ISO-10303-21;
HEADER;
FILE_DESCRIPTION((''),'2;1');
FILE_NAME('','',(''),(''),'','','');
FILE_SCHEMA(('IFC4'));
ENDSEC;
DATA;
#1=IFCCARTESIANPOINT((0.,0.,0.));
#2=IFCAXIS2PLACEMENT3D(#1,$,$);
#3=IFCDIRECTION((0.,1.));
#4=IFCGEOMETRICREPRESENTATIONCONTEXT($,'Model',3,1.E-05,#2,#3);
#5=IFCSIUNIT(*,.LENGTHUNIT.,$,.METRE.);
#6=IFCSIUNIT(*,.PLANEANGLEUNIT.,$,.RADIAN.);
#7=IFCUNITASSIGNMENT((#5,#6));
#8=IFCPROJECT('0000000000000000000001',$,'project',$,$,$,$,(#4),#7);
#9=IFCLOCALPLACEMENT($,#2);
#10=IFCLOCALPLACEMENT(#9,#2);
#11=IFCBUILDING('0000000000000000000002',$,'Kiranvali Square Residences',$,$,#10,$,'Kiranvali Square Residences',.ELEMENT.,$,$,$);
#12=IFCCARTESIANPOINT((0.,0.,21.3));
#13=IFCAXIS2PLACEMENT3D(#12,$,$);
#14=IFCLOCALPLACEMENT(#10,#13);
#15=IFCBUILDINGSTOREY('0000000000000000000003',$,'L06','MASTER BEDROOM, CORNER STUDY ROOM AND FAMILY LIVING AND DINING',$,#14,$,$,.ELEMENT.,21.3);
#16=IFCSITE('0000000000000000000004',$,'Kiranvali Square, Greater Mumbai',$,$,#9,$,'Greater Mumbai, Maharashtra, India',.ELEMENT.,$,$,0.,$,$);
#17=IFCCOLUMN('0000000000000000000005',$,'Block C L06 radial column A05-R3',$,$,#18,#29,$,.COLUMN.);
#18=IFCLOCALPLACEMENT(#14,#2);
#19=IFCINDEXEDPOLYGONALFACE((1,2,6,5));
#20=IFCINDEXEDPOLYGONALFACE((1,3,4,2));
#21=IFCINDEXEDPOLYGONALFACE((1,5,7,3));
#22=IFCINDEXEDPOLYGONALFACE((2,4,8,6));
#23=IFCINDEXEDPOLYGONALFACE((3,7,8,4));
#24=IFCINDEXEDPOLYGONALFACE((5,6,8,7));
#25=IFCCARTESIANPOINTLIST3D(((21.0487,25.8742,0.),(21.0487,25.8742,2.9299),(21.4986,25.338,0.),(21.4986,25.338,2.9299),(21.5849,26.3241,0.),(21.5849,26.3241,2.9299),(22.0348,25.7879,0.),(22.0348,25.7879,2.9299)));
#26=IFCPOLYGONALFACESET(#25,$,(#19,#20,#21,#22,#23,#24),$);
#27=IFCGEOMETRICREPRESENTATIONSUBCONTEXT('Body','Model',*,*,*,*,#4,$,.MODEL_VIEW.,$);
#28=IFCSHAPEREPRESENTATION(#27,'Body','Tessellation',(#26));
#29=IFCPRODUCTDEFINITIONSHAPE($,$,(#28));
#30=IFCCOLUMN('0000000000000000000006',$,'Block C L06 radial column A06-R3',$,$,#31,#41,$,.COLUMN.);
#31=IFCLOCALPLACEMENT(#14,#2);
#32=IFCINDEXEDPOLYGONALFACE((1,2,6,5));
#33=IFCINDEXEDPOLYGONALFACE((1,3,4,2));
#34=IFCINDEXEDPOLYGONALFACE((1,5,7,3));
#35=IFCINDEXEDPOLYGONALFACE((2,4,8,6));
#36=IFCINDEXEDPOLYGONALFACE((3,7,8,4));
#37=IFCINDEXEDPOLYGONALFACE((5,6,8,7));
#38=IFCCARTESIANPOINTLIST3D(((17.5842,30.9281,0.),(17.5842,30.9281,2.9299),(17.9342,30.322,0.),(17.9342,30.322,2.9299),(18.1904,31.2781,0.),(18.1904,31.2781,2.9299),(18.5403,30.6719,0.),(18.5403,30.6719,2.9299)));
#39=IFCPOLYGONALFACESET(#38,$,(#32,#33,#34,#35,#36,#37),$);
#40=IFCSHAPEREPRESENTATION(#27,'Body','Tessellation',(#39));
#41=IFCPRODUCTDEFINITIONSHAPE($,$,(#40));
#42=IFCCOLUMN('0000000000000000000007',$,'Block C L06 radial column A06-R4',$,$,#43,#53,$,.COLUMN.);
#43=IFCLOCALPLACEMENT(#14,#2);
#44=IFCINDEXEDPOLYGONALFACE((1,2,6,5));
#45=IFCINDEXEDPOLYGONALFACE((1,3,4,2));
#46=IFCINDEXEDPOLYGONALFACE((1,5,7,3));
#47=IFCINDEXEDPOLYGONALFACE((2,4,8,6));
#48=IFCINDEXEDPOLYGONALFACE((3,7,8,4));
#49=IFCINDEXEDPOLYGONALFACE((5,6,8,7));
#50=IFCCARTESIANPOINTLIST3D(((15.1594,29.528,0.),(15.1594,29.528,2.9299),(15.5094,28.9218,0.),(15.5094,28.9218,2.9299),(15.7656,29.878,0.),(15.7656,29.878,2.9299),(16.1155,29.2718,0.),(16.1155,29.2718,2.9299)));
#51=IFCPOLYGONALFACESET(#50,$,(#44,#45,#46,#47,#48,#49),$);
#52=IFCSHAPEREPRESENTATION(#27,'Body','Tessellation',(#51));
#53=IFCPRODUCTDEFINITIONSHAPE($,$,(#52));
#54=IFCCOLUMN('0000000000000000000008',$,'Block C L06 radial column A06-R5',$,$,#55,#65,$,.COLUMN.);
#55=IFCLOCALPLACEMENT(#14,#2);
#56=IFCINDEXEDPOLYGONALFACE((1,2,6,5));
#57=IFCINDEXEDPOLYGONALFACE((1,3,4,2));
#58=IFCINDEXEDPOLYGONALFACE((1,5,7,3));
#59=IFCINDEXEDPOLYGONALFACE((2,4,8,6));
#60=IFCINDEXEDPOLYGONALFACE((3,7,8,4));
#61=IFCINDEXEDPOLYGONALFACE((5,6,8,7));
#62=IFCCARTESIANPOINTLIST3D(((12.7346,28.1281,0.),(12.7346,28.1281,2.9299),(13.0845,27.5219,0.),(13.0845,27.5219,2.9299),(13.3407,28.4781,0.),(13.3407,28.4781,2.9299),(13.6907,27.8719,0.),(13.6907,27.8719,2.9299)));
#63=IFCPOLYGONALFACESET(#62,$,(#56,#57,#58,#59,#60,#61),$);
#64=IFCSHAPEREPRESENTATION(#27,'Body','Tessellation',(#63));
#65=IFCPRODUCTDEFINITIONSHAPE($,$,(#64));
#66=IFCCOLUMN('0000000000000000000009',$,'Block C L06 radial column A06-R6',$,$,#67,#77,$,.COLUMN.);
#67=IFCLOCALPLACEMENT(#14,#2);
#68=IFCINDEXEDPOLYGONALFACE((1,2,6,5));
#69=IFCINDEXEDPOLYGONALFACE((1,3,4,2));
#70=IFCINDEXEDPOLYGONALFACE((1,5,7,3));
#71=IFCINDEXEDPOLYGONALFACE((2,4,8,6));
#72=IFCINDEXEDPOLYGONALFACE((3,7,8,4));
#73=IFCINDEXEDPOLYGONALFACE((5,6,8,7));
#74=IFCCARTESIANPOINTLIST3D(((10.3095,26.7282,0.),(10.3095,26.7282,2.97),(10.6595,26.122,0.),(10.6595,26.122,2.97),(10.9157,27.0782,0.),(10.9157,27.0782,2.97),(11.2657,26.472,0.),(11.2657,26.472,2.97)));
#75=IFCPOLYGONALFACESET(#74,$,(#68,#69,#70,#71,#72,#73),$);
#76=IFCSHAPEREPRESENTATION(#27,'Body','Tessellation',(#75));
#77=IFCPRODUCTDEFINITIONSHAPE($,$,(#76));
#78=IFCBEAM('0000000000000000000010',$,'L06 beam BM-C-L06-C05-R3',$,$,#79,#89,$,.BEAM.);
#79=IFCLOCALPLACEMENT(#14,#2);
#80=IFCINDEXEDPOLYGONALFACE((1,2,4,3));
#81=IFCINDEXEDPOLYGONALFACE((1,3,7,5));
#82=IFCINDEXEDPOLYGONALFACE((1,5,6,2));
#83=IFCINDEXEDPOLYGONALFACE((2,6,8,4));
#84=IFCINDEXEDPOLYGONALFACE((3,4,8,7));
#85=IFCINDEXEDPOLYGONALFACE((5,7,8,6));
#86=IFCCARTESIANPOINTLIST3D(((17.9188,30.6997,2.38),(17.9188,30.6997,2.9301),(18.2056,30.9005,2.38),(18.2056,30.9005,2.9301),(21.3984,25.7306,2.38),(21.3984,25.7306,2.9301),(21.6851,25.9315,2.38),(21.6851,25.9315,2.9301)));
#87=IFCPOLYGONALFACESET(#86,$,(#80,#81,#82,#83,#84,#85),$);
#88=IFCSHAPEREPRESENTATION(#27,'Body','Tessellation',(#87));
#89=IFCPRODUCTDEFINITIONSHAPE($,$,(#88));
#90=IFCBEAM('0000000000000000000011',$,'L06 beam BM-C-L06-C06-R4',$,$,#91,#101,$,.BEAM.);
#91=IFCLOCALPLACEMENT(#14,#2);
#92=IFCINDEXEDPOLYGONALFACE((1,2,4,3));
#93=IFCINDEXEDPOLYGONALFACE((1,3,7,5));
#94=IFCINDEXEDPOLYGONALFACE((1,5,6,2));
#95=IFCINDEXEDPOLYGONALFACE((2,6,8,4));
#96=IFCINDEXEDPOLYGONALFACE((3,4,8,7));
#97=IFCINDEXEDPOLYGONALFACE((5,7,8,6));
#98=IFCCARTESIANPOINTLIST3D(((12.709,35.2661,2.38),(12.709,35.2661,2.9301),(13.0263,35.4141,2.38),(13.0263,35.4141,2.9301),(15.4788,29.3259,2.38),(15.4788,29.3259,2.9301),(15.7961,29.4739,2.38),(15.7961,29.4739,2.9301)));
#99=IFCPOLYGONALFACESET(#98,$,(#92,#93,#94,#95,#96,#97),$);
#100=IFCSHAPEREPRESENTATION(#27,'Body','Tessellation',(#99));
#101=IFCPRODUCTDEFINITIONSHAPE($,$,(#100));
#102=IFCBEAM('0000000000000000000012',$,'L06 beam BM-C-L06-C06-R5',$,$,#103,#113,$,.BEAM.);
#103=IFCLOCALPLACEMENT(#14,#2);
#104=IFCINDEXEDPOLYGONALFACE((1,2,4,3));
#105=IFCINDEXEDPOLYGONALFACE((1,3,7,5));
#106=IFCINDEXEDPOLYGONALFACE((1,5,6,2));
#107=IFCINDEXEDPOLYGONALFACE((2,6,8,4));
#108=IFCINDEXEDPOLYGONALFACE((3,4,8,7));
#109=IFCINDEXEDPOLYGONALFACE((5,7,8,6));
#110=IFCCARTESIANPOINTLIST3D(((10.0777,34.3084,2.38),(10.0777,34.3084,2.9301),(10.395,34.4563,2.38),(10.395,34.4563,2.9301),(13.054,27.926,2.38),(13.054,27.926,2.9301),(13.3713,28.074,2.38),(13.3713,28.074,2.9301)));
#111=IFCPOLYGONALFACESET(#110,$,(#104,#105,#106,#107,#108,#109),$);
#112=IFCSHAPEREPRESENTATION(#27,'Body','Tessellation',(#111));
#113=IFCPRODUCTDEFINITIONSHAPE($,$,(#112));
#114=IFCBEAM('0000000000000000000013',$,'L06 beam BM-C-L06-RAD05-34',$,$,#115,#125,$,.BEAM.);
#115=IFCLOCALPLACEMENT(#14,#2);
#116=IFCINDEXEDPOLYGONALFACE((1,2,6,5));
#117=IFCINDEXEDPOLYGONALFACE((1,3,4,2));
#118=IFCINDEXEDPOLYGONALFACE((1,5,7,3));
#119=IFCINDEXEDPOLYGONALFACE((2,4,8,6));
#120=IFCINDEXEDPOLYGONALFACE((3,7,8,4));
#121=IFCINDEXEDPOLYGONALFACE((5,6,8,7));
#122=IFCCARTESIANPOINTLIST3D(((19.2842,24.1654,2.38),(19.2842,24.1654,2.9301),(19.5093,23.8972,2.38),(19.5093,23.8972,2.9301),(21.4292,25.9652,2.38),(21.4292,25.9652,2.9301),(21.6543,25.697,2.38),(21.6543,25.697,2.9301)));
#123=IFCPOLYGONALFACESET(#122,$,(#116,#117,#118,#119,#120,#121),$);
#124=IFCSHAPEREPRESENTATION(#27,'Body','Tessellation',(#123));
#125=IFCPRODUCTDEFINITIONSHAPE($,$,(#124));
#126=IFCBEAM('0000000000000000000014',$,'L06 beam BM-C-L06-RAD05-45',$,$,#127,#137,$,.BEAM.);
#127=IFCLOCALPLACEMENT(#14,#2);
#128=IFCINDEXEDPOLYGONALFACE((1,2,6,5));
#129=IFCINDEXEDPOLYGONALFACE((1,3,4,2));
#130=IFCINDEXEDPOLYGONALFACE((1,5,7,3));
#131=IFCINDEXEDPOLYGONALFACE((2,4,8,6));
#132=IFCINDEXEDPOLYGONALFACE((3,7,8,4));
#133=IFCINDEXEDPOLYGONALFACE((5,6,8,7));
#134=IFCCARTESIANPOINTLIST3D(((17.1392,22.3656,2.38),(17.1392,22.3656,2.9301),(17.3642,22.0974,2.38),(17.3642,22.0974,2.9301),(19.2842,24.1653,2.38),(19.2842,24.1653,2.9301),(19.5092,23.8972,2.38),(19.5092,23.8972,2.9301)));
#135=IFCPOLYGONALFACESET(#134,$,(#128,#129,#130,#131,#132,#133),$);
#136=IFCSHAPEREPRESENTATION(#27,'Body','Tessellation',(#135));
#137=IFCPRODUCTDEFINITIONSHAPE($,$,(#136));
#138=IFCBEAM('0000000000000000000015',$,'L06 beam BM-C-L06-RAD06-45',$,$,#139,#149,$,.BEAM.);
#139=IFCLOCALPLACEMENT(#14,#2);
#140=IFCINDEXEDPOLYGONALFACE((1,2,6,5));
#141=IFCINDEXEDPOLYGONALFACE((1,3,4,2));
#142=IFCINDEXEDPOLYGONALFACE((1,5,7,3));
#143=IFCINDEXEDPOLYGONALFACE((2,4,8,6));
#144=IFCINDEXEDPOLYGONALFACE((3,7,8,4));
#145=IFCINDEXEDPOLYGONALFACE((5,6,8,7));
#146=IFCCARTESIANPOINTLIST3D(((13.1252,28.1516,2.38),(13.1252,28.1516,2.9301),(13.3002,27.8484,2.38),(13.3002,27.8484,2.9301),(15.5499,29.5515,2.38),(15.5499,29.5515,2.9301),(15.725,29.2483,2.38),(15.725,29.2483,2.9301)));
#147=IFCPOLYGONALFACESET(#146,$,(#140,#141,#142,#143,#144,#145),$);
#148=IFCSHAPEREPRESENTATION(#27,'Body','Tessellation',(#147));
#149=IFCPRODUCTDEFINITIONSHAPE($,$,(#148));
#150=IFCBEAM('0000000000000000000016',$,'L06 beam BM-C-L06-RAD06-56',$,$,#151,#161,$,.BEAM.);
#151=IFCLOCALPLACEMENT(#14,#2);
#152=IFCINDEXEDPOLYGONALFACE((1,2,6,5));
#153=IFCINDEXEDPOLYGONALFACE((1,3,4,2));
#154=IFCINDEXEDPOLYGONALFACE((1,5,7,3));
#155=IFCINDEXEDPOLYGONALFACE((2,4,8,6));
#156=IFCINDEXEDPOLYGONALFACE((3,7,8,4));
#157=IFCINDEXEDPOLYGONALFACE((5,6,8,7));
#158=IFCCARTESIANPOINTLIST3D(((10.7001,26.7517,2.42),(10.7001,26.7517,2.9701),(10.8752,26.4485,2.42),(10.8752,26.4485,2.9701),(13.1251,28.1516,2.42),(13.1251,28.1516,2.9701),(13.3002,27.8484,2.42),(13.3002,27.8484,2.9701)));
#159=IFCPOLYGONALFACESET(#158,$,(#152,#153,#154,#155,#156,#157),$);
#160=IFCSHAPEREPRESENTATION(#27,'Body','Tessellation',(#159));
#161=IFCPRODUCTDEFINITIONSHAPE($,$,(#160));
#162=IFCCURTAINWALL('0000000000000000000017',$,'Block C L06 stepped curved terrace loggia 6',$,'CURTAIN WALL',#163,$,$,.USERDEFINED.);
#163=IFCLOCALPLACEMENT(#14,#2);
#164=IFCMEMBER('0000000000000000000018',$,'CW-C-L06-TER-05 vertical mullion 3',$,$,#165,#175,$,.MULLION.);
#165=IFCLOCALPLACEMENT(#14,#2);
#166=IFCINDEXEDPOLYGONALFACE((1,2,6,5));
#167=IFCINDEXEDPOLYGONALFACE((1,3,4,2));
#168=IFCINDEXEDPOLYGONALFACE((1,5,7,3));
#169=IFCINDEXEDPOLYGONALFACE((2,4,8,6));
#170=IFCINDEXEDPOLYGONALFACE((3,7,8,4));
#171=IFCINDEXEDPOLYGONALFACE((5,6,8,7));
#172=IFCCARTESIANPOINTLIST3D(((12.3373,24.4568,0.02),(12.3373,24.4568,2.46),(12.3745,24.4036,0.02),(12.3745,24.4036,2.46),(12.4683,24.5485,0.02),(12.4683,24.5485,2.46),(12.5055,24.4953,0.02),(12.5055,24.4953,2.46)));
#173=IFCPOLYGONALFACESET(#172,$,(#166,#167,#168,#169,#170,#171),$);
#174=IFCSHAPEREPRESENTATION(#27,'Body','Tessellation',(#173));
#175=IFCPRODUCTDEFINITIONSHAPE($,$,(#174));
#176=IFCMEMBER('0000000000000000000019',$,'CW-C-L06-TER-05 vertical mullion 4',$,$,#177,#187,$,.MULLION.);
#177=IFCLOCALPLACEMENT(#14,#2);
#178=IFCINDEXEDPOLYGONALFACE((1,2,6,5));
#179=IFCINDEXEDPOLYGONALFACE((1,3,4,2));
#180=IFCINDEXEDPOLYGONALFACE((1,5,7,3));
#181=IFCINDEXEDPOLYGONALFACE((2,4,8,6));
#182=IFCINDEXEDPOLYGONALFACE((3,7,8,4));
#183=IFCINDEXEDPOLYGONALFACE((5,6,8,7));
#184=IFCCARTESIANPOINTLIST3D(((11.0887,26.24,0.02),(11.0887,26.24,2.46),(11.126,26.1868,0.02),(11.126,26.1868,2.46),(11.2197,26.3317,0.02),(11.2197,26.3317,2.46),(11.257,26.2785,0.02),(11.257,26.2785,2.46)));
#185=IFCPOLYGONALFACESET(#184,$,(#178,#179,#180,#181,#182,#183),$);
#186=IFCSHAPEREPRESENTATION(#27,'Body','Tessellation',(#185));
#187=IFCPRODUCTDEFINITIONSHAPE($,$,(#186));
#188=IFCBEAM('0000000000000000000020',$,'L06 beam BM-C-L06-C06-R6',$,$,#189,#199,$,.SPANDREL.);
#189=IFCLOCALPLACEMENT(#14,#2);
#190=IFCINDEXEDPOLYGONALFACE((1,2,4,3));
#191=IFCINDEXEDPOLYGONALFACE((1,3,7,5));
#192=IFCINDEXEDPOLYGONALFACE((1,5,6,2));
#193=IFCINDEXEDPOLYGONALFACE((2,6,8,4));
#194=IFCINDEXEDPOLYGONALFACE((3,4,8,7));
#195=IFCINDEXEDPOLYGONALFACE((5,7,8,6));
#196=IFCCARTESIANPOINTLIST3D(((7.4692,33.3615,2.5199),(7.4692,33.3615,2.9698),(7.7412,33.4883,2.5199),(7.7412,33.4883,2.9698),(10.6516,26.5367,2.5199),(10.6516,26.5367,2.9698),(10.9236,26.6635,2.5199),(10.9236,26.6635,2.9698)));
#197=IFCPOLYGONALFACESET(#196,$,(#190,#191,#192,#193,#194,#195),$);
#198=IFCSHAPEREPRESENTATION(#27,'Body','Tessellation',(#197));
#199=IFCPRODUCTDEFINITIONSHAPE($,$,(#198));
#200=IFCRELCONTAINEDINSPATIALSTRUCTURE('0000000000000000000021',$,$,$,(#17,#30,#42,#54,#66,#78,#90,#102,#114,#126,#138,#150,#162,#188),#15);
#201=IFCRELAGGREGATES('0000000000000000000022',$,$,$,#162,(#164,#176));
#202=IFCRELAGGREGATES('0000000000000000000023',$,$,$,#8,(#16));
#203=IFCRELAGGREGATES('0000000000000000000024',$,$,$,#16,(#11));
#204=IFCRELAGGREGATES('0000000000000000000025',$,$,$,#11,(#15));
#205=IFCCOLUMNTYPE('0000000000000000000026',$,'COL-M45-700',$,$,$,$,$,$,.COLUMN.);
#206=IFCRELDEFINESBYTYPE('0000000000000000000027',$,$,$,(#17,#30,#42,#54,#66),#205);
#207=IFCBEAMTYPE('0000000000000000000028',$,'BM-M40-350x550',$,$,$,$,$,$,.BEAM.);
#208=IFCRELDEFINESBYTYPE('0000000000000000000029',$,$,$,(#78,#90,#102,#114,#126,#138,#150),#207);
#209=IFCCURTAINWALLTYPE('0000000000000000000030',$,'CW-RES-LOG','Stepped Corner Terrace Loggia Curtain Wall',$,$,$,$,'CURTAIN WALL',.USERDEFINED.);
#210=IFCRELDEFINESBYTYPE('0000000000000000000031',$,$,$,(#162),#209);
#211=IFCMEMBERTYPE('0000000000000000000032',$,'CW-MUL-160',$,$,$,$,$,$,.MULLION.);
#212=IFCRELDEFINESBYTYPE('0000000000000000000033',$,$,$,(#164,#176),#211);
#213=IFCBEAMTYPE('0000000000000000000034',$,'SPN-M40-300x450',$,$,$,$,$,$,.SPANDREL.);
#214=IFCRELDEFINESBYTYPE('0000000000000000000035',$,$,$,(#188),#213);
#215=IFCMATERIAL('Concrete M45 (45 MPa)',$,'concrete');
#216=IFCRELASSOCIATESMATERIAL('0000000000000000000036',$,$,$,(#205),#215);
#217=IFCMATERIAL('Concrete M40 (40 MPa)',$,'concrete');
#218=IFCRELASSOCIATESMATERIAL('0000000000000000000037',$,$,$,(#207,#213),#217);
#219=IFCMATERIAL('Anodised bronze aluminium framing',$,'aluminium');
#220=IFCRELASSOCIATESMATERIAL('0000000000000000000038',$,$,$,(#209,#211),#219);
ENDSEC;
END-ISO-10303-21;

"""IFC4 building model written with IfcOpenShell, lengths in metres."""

from ifc_helpers import new_model, si_unit, direction, frame, origin, origin_2d, place, context, subcontext, project, spatial, rectangle, extrude, material, material_profile, profile_set, type_object, element, aggregate, save


model = new_model("IFC4")

# Units and contexts
model_context = context("Model", 3, precision=1e-05, world=origin(), true_north=direction((0.0, 1.0)))
body_context = subcontext(model_context, "Body", "Model", "MODEL_VIEW")
ifc_project = project(units=[si_unit("LENGTHUNIT", "METRE"), si_unit("PLANEANGLEUNIT", "RADIAN")], contexts=[model_context])

# Site, building, storey
site_placement = place(None, origin())
site = spatial("IfcSite", under=ifc_project, at=site_placement, Name="Kiranvali Square, Greater Mumbai", LongName="Greater Mumbai, Maharashtra, India", CompositionType="ELEMENT", RefElevation=0.0)
building_placement = place(site_placement, origin())
building = spatial("IfcBuilding", under=site, at=building_placement, Name="Kiranvali Square Residences", LongName="Kiranvali Square Residences", CompositionType="ELEMENT")
storey_placement = place(building_placement, frame((0.0, 0.0, 21.3)))
storey = spatial("IfcBuildingStorey", under=building, at=storey_placement, Name="L06", Description="MASTER BEDROOM, CORNER STUDY ROOM AND FAMILY LIVING AND DINING", CompositionType="ELEMENT", Elevation=21.3)

# Columns
ifc_material_1 = material(Name="Concrete M45 (45 MPa)", Category="concrete")
ifc_material_profile_1 = material_profile(ifc_material_1, rectangle(XDim=0.7, YDim=0.7, at=origin_2d()), Name="RC 700x700")
ifc_profile_set_1 = profile_set([ifc_material_profile_1], Name="Concrete M45 (45 MPa)")
column_type = type_object("IfcColumnType", Name="COL-M45-700", PredefinedType="COLUMN", material=ifc_profile_set_1)
for number, where, z_axis, x_axis, name in (
    (1, (21.5417, 25.8311, 0.0), (0.0, 0.0, 1.0), (-0.642788, 0.766044, 0.0), "Block C L06 radial column A05-R3"),
    (2, (18.0623, 30.8, 0.0), (0.0, 0.0, 1.0), (-0.5, 0.866025, 0.0), "Block C L06 radial column A06-R3"),
    (3, (15.6375, 29.3999, 0.0), (0.0, 0.0, 1.0), (-0.5, 0.866025, 0.0), "Block C L06 radial column A06-R4"),
    (4, (13.2126, 28.0, 0.0), (0.0, 0.0, 1.0), (-0.5, 0.866025, 0.0), "Block C L06 radial column A06-R5"),
):
    element("IfcColumn", number, at=place(storey_placement, frame(where, z_axis=z_axis, x_axis=x_axis)), inside=storey, type_object=column_type, Name=name, PredefinedType="COLUMN", context=body_context, shape_type="SweptSolid", body=[
        extrude(rectangle(XDim=0.7, YDim=0.7, at=origin_2d()), origin(), (0.0, 0.0, 1.0), 2.9299),
    ])
column_placement = place(storey_placement, frame((10.7876, 26.6001, 0.0), z_axis=(0.0, 0.0, 1.0), x_axis=(-0.5, 0.866025, 0.0)))
element("IfcColumn", 5, at=column_placement, inside=storey, type_object=column_type, Name="Block C L06 radial column A06-R6", PredefinedType="COLUMN", context=body_context, shape_type="SweptSolid", body=[
    extrude(rectangle(XDim=0.7, YDim=0.7, at=origin_2d()), origin(), (0.0, 0.0, 1.0), 2.97),
])

# Beams
ifc_material_2 = material(Name="Concrete M40 (40 MPa)", Category="concrete")
ifc_material_profile_2 = material_profile(ifc_material_2, rectangle(XDim=0.3501, YDim=0.55, at=origin_2d()), Name="RC 350x550")
ifc_profile_set_2 = profile_set([ifc_material_profile_2], Name="Concrete M40 (40 MPa)")
beam_type_1 = type_object("IfcBeamType", Name="BM-M40-350x550", PredefinedType="BEAM", material=ifc_profile_set_2)
beam_1_placement = place(storey_placement, frame((21.5417, 25.8311, 2.655), z_axis=(-0.573595, 0.819139, 0.0), x_axis=(-0.819139, -0.573595, 0.0)))
element("IfcBeam", 6, at=beam_1_placement, inside=storey, type_object=beam_type_1, Name="L06 beam BM-C-L06-C05-R3", PredefinedType="BEAM", context=body_context, shape_type="SweptSolid", body=[
    extrude(rectangle(XDim=0.3501, YDim=0.55, at=origin_2d()), origin(), (0.0, 0.0, 1.0), 6.0662),
])
beam_2_placement = place(storey_placement, frame((15.6375, 29.3999, 2.655), z_axis=(-0.422596, 0.906318, 0.0), x_axis=(-0.906318, -0.422596, 0.0)))
element("IfcBeam", 7, at=beam_2_placement, inside=storey, type_object=beam_type_1, Name="L06 beam BM-C-L06-C06-R4", PredefinedType="BEAM", context=body_context, shape_type="SweptSolid", body=[
    extrude(rectangle(XDim=0.3501, YDim=0.55, at=origin_2d()), origin(), (0.0, 0.0, 1.0), 6.5542),
])
beam_3_placement = place(storey_placement, frame((13.2126, 28.0, 2.655), z_axis=(-0.422641, 0.906297, 0.0), x_axis=(-0.906297, -0.422641, 0.0)))
element("IfcBeam", 8, at=beam_3_placement, inside=storey, type_object=beam_type_1, Name="L06 beam BM-C-L06-C06-R5", PredefinedType="BEAM", context=body_context, shape_type="SweptSolid", body=[
    extrude(rectangle(XDim=0.3501, YDim=0.55, at=origin_2d()), origin(), (0.0, 0.0, 1.0), 7.0422),
])
for number, where, z_axis, x_axis, name in (
    (9, (21.5417, 25.8311, 2.655), (-0.766059, -0.642771, 0.0), (0.642771, -0.766059, 0.0), "L06 beam BM-C-L06-RAD05-34"),
    (10, (19.3967, 24.0312, 2.655), (-0.766059, -0.642771, 0.0), (0.642771, -0.766059, 0.0), "L06 beam BM-C-L06-RAD05-45"),
):
    element("IfcBeam", number, at=place(storey_placement, frame(where, z_axis=z_axis, x_axis=x_axis)), inside=storey, type_object=beam_type_1, Name=name, PredefinedType="BEAM", context=body_context, shape_type="SweptSolid", body=[
        extrude(rectangle(XDim=0.3501, YDim=0.55, at=origin_2d()), origin(), (0.0, 0.0, 1.0), 2.8),
    ])
beam_4_placement = place(storey_placement, frame((15.6375, 29.3999, 2.655), z_axis=(-0.866035, -0.499984, 0.0), x_axis=(0.499984, -0.866035, 0.0)))
element("IfcBeam", 11, at=beam_4_placement, inside=storey, type_object=beam_type_1, Name="L06 beam BM-C-L06-RAD06-45", PredefinedType="BEAM", context=body_context, shape_type="SweptSolid", body=[
    extrude(rectangle(XDim=0.3501, YDim=0.55, at=origin_2d()), origin(), (0.0, 0.0, 1.0), 2.7998),
])
beam_5_placement = place(storey_placement, frame((13.2126, 28.0, 2.6951), z_axis=(-0.866056, -0.499946, 0.0), x_axis=(0.499946, -0.866056, 0.0)))
element("IfcBeam", 12, at=beam_5_placement, inside=storey, type_object=beam_type_1, Name="L06 beam BM-C-L06-RAD06-56", PredefinedType="BEAM", context=body_context, shape_type="SweptSolid", body=[
    extrude(rectangle(XDim=0.3501, YDim=0.55, at=origin_2d()), origin(), (0.0, 0.0, 1.0), 2.8),
])

# Curtain wall, members
ifc_material_3 = material(Name="Anodised bronze aluminium framing", Category="aluminium")
curtain_wall_type = type_object("IfcCurtainWallType", Name="CW-RES-LOG", Description="Stepped Corner Terrace Loggia Curtain Wall", ElementType="CURTAIN WALL", PredefinedType="USERDEFINED", material=ifc_material_3)
curtain_wall_placement = place(storey_placement, origin())
curtain_wall = element("IfcCurtainWall", 13, at=curtain_wall_placement, inside=storey, type_object=curtain_wall_type, Name="Block C L06 stepped curved terrace loggia 6", ObjectType="CURTAIN WALL", PredefinedType="USERDEFINED")
ifc_material_profile_3 = material_profile(ifc_material_3, rectangle(XDim=0.0649, YDim=0.1599, at=origin_2d()), Name="ALU 65x160")
ifc_profile_set_3 = profile_set([ifc_material_profile_3], Name="Anodised bronze aluminium framing")
member_type = type_object("IfcMemberType", Name="CW-MUL-160", PredefinedType="MULLION", material=ifc_profile_set_3)
member_1_placement = place(storey_placement, frame((12.4214, 24.4761, 0.02), z_axis=(0.0, 0.0, 1.0), x_axis=(-0.573576, 0.819152, 0.0)))
member_1 = element("IfcMember", 14, at=member_1_placement, type_object=member_type, Name="CW-C-L06-TER-05 vertical mullion 3", PredefinedType="MULLION", context=body_context, shape_type="SweptSolid", body=[
    extrude(rectangle(XDim=0.0649, YDim=0.1599, at=origin_2d()), origin(), (0.0, 0.0, 1.0), 2.4399),
])
member_2_placement = place(storey_placement, frame((11.1729, 26.2593, 0.02), z_axis=(0.0, 0.0, 1.0), x_axis=(-0.573576, 0.819152, 0.0)))
member_2 = element("IfcMember", 15, at=member_2_placement, type_object=member_type, Name="CW-C-L06-TER-05 vertical mullion 4", PredefinedType="MULLION", context=body_context, shape_type="SweptSolid", body=[
    extrude(rectangle(XDim=0.0649, YDim=0.1599, at=origin_2d()), origin(), (0.0, 0.0, 1.0), 2.4399),
])

# Beam
ifc_material_profile_4 = material_profile(ifc_material_2, rectangle(XDim=0.3, YDim=0.45, at=origin_2d()), Name="RC 300x450")
ifc_profile_set_4 = profile_set([ifc_material_profile_4], Name="Concrete M40 (40 MPa)")
beam_type_2 = type_object("IfcBeamType", Name="SPN-M40-300x450", PredefinedType="SPANDREL", material=ifc_profile_set_4)
beam_6_placement = place(storey_placement, frame((10.7876, 26.6001, 2.7449), z_axis=(-0.422614, 0.90631, 0.0), x_axis=(-0.90631, -0.422614, 0.0)))
element("IfcBeam", 16, at=beam_6_placement, inside=storey, type_object=beam_type_2, Name="L06 beam BM-C-L06-C06-R6", PredefinedType="SPANDREL", context=body_context, shape_type="SweptSolid", body=[
    extrude(rectangle(XDim=0.3, YDim=0.45, at=origin_2d()), origin(), (0.0, 0.0, 1.0), 7.5303),
])

aggregate(curtain_wall, [member_1, member_2])

save(model, "model.ifc")
